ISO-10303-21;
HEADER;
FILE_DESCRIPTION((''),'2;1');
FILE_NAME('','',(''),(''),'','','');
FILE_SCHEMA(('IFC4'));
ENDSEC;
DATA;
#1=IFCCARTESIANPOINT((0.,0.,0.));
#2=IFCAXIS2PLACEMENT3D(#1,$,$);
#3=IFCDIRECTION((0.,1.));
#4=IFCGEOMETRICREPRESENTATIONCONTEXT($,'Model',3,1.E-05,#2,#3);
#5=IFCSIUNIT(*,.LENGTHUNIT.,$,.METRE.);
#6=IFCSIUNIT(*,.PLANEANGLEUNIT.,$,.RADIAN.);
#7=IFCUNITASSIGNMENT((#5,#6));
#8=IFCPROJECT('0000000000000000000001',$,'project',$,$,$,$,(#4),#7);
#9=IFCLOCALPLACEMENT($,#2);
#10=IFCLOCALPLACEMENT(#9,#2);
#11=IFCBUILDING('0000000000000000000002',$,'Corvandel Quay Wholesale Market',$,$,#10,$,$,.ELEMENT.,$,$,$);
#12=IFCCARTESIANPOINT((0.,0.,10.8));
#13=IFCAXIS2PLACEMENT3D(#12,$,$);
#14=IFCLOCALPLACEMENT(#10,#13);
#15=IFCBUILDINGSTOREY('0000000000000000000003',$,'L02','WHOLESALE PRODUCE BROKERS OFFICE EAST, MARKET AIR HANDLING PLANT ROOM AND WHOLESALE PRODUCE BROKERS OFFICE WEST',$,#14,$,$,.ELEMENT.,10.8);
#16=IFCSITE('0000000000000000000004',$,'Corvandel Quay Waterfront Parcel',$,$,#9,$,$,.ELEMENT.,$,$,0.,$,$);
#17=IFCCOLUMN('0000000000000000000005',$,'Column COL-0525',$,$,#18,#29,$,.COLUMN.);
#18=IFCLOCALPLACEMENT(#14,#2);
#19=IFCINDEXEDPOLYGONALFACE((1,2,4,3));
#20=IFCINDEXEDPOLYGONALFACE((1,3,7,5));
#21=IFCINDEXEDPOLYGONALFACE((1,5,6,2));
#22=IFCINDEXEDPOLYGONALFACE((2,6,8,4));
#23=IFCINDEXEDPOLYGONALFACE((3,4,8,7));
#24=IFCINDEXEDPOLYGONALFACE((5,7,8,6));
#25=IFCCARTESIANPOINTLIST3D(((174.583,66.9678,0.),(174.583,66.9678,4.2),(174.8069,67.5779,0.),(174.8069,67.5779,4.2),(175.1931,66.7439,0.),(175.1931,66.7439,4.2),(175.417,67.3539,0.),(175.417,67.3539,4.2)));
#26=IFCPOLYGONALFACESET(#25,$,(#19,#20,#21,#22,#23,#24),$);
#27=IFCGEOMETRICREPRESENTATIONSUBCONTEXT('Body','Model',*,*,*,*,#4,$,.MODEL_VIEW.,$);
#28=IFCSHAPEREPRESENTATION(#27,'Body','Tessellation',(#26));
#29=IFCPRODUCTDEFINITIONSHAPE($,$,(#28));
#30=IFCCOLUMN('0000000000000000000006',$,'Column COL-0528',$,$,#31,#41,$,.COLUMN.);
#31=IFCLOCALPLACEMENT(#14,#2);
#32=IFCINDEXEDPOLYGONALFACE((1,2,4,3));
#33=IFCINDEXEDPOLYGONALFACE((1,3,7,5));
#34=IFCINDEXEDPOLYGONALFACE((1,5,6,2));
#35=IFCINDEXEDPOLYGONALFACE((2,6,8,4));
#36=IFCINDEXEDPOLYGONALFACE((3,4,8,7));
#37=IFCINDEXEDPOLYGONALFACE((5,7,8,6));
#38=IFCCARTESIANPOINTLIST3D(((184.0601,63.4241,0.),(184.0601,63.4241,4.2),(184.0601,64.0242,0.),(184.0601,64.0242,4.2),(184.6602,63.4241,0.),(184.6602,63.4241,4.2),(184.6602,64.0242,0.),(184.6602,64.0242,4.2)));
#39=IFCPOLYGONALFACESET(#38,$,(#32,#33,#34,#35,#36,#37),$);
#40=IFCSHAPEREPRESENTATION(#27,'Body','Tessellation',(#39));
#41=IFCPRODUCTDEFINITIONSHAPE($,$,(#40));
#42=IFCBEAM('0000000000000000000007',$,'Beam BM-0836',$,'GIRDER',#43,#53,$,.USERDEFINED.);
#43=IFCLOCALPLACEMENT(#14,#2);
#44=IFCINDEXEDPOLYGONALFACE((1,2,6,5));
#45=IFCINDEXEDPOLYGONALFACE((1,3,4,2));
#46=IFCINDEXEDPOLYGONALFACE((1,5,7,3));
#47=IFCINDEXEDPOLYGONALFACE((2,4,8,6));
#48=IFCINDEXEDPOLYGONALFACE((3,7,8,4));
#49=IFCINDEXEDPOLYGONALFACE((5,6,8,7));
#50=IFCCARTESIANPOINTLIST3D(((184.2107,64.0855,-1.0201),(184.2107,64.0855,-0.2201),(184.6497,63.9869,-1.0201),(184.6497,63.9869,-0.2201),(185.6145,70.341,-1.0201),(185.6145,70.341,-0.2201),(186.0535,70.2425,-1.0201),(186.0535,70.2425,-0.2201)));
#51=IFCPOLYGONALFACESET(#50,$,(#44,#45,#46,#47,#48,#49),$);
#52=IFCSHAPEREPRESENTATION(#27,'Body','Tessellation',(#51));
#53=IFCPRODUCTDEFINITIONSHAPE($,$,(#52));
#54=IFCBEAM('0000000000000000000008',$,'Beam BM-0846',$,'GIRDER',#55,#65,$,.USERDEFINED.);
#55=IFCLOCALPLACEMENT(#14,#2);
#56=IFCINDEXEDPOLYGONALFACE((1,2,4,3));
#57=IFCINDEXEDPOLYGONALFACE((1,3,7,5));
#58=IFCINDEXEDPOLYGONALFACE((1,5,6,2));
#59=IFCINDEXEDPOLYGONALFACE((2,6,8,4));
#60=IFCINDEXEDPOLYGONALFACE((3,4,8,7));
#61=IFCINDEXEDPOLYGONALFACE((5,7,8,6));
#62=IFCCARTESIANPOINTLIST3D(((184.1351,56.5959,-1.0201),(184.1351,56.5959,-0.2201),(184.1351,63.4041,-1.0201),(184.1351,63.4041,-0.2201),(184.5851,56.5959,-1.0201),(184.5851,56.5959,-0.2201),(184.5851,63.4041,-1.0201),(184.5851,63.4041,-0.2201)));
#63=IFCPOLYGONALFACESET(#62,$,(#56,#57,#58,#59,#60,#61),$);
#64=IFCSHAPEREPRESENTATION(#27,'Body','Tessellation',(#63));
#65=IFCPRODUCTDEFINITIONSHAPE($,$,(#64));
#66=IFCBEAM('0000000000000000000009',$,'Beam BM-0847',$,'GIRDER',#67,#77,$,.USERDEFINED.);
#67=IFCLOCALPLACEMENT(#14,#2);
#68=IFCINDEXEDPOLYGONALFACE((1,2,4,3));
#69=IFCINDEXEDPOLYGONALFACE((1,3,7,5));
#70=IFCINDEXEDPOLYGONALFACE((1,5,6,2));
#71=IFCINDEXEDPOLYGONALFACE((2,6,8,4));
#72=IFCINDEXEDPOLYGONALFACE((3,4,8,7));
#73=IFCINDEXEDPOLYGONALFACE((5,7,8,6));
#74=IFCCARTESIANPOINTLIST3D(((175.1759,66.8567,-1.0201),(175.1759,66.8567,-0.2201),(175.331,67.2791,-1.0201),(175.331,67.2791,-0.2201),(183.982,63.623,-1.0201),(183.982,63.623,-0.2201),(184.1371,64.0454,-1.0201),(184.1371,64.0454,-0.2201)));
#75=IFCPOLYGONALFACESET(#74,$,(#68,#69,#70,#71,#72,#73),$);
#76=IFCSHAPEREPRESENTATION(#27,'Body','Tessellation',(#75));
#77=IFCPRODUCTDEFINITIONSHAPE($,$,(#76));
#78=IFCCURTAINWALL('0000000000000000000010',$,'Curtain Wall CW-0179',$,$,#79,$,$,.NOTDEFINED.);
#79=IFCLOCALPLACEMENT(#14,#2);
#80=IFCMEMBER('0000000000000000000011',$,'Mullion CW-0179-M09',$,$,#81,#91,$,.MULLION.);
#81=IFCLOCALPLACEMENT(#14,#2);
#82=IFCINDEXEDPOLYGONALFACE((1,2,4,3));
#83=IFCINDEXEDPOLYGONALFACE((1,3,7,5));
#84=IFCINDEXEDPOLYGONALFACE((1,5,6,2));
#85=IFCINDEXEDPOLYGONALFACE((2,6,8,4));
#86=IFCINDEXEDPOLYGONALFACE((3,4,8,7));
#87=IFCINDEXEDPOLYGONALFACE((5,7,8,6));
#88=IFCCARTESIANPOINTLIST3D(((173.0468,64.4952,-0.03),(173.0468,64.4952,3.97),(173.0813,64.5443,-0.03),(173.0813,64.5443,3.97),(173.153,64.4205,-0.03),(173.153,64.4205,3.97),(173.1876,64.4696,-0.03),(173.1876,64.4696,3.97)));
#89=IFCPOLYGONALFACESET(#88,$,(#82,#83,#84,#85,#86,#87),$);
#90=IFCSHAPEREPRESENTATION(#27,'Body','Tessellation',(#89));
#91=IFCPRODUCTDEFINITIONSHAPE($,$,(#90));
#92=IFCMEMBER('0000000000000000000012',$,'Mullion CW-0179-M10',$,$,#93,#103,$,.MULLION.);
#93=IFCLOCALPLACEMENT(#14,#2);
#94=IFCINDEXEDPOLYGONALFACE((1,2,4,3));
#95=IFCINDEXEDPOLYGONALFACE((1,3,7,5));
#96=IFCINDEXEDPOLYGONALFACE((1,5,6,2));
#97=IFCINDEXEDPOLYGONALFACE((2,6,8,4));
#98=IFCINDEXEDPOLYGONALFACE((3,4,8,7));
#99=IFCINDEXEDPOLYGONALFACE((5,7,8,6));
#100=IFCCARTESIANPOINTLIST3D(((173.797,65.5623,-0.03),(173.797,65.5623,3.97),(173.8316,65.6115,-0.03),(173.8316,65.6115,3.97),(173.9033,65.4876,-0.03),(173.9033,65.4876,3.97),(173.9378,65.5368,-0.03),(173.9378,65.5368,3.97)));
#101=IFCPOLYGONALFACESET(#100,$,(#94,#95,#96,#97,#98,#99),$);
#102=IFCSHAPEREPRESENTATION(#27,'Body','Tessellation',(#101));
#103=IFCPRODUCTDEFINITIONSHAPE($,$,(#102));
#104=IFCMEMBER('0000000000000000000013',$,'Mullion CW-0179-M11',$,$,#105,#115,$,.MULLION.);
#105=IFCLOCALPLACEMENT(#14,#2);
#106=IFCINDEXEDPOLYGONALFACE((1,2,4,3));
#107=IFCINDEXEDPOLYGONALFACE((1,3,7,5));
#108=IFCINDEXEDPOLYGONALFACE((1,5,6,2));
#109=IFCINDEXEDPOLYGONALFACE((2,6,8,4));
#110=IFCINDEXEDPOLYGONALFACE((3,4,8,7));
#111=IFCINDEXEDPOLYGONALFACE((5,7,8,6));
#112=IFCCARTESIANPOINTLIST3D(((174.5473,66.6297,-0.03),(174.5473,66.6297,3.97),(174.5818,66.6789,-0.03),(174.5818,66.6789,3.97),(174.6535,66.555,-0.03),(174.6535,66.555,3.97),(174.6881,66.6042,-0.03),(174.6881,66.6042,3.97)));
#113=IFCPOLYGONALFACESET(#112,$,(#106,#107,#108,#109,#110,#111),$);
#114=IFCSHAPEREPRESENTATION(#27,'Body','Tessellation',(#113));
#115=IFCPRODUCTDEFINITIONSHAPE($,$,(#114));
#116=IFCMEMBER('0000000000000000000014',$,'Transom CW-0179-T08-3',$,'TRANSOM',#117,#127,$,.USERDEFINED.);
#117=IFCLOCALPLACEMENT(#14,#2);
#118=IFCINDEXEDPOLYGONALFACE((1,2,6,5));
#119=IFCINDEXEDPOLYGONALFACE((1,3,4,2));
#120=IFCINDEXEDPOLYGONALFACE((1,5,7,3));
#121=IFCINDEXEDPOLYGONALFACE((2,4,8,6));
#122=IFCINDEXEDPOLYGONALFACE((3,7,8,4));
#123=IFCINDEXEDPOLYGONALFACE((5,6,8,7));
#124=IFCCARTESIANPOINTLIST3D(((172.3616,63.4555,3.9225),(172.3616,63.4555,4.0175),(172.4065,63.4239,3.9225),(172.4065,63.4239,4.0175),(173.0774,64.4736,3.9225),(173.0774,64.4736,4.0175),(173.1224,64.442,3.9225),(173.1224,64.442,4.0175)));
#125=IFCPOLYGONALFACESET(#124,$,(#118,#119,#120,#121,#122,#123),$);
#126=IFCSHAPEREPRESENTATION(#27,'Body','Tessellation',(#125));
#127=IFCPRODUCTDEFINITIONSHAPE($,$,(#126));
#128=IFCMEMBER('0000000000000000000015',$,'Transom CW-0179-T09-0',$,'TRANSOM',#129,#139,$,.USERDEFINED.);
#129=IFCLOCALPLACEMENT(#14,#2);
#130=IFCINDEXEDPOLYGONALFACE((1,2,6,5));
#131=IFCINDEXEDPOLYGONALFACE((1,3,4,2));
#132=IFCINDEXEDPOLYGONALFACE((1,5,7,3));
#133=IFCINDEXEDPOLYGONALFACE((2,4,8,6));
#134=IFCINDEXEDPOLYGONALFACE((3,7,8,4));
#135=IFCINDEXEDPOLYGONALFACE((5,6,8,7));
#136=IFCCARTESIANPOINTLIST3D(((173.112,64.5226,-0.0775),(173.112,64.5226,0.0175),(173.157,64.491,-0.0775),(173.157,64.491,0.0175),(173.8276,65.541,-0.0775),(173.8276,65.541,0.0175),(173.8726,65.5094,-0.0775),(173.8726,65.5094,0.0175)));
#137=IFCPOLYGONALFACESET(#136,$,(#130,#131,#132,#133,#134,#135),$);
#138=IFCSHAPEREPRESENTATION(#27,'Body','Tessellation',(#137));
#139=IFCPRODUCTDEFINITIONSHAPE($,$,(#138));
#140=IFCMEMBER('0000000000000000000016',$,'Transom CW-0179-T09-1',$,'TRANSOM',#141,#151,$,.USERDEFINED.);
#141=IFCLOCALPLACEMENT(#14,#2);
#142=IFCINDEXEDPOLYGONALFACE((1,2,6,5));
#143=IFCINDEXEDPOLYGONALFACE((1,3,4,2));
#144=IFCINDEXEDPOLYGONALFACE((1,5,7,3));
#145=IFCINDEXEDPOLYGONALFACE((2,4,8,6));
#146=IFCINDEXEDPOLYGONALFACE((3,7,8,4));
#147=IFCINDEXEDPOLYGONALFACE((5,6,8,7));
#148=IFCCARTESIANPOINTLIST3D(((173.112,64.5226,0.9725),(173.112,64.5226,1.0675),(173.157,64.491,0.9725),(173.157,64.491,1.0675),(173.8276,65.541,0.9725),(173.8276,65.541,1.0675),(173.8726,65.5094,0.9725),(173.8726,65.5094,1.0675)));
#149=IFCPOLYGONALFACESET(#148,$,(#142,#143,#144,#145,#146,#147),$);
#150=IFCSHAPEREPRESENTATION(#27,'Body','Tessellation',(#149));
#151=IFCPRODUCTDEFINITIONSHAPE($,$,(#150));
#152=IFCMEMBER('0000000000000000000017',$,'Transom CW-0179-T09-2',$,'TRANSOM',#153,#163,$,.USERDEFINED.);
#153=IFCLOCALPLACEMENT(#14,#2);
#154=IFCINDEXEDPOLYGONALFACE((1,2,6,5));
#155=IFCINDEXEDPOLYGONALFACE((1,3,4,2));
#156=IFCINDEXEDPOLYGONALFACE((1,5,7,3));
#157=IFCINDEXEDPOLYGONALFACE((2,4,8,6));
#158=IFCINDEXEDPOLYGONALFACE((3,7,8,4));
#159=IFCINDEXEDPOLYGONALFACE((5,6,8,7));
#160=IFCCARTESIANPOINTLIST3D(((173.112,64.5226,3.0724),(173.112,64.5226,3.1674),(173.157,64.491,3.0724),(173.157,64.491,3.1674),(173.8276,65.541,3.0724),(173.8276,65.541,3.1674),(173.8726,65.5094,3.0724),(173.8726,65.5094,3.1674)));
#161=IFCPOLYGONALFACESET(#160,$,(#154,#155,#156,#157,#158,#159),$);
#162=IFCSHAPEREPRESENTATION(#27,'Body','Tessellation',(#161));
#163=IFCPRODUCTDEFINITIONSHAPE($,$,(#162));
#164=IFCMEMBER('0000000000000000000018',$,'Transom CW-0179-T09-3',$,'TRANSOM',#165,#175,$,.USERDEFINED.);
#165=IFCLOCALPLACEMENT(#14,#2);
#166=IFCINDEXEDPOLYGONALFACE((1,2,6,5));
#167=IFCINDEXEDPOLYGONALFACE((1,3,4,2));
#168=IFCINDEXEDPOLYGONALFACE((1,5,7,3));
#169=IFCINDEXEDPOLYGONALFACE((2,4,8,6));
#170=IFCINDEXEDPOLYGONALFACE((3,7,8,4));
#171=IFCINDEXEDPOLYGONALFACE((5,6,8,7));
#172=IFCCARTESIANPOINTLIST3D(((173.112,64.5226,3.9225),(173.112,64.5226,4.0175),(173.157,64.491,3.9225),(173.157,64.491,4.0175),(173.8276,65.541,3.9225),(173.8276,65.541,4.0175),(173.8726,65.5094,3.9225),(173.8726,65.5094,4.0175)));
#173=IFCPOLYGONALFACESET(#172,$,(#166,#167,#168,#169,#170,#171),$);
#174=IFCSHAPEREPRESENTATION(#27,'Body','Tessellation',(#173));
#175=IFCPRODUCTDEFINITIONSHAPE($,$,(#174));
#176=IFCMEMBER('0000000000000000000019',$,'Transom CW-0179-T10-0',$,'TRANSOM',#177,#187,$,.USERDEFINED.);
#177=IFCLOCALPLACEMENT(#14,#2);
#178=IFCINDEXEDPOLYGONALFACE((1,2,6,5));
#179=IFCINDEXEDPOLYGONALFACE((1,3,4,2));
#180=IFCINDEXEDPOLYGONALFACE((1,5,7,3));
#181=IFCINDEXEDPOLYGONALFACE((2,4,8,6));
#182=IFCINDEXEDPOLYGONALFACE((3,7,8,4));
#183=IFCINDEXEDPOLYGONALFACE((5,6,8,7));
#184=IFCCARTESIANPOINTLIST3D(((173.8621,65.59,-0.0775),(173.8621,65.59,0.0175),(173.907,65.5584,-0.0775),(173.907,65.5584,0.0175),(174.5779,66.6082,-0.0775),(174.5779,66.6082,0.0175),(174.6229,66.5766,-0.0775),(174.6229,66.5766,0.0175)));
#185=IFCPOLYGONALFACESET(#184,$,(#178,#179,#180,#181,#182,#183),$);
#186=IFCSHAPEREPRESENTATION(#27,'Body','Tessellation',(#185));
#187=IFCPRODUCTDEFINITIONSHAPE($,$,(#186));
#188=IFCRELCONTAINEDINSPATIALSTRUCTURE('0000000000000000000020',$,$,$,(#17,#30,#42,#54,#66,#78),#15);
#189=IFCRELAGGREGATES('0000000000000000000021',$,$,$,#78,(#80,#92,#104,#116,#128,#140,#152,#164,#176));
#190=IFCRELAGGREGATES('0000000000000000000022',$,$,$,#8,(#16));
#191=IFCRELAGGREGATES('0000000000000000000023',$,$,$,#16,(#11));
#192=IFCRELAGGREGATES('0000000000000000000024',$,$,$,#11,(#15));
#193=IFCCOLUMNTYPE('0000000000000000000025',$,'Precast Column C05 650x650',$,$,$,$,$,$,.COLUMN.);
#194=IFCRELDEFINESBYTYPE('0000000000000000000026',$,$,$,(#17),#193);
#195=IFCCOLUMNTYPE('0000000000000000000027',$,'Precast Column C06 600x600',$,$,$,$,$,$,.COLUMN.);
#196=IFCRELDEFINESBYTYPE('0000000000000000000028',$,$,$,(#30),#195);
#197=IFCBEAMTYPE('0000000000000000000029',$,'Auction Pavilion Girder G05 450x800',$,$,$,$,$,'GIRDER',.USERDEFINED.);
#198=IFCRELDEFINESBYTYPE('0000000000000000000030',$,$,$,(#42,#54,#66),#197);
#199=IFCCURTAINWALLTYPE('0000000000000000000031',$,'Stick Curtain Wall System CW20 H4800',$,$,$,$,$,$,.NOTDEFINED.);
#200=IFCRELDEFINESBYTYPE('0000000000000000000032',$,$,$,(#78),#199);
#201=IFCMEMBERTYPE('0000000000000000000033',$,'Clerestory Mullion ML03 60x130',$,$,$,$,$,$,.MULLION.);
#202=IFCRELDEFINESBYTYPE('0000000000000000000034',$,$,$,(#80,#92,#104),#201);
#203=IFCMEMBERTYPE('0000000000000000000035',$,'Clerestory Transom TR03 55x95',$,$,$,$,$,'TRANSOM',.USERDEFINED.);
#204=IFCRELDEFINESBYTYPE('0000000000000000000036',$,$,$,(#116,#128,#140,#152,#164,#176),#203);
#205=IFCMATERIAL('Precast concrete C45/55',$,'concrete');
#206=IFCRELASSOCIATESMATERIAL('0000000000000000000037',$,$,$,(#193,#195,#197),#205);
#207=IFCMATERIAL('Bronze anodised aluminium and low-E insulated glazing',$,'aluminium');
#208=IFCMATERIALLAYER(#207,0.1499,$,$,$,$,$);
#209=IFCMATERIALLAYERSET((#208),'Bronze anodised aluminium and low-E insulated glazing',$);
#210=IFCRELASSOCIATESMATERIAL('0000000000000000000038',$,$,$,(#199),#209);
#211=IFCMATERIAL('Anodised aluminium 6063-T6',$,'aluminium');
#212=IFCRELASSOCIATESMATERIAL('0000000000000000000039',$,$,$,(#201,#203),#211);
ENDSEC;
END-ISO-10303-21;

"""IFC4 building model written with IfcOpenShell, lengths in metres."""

from ifc_helpers import new_model, si_unit, direction, frame, origin, origin_2d, place, context, subcontext, project, spatial, rectangle, extrude, material, layer, layer_set, material_profile, profile_set, type_object, element, aggregate, save


model = new_model("IFC4")

# Units and contexts
model_context = context("Model", 3, precision=1e-05, world=origin(), true_north=direction((0.0, 1.0)))
body_context = subcontext(model_context, "Body", "Model", "MODEL_VIEW")
ifc_project = project(units=[si_unit("LENGTHUNIT", "METRE"), si_unit("PLANEANGLEUNIT", "RADIAN")], contexts=[model_context])

# Site, building, storey
site_placement = place(None, origin())
site = spatial("IfcSite", under=ifc_project, at=site_placement, Name="Corvandel Quay Waterfront Parcel", CompositionType="ELEMENT", RefElevation=0.0)
building_placement = place(site_placement, origin())
building = spatial("IfcBuilding", under=site, at=building_placement, Name="Corvandel Quay Wholesale Market", CompositionType="ELEMENT")
storey_placement = place(building_placement, frame((0.0, 0.0, 10.8)))
storey = spatial("IfcBuildingStorey", under=building, at=storey_placement, Name="L02", Description="WHOLESALE PRODUCE BROKERS OFFICE EAST, MARKET AIR HANDLING PLANT ROOM AND WHOLESALE PRODUCE BROKERS OFFICE WEST", CompositionType="ELEMENT", Elevation=10.8)

# Columns
ifc_material_1 = material(Name="Precast concrete C45/55", Category="concrete")
ifc_material_profile_1 = material_profile(ifc_material_1, rectangle(XDim=0.6499, YDim=0.6499, at=origin_2d()), Name="PC-COL-650x650")
ifc_profile_set_1 = profile_set([ifc_material_profile_1], Name="Precast concrete C45/55")
column_type_1 = type_object("IfcColumnType", Name="Precast Column C05 650x650", PredefinedType="COLUMN", material=ifc_profile_set_1)
column_1_placement = place(storey_placement, frame((175.0, 67.1609, 0.0), z_axis=(0.0, 0.0, 1.0), x_axis=(0.344643, 0.938734, 0.0)))
element("IfcColumn", 1, at=column_1_placement, inside=storey, type_object=column_type_1, Name="Column COL-0525", PredefinedType="COLUMN", context=body_context, shape_type="SweptSolid", body=[
    extrude(rectangle(XDim=0.6499, YDim=0.6499, at=origin_2d()), origin(), (0.0, 0.0, 1.0), 4.2),
])
ifc_material_profile_2 = material_profile(ifc_material_1, rectangle(XDim=0.6001, YDim=0.6001, at=origin_2d()), Name="PC-COL-600x600")
ifc_profile_set_2 = profile_set([ifc_material_profile_2], Name="Precast concrete C45/55")
column_type_2 = type_object("IfcColumnType", Name="Precast Column C06 600x600", PredefinedType="COLUMN", material=ifc_profile_set_2)
column_2_placement = place(storey_placement, frame((184.3601, 63.7241, 0.0), z_axis=(0.0, 0.0, 1.0), x_axis=(1.0, 0.0, 0.0)))
element("IfcColumn", 2, at=column_2_placement, inside=storey, type_object=column_type_2, Name="Column COL-0528", PredefinedType="COLUMN", context=body_context, shape_type="SweptSolid", body=[
    extrude(rectangle(XDim=0.6001, YDim=0.6001, at=origin_2d()), origin(), (0.0, 0.0, 1.0), 4.2),
])

# Beams
ifc_material_profile_3 = material_profile(ifc_material_1, rectangle(XDim=0.45, YDim=0.8, at=origin_2d()), Name="PC-GIR-450x800")
ifc_profile_set_3 = profile_set([ifc_material_profile_3], Name="Precast concrete C45/55")
beam_type_1 = type_object("IfcBeamType", Name="Auction Pavilion Girder G05 450x800", ElementType="GIRDER", PredefinedType="USERDEFINED", material=ifc_profile_set_3)
beam_1_placement = place(storey_placement, frame((185.834, 70.2917, -0.6201), z_axis=(-0.218962, -0.975733, 0.0), x_axis=(0.975733, -0.218962, 0.0)))
element("IfcBeam", 3, at=beam_1_placement, inside=storey, type_object=beam_type_1, Name="Beam BM-0836", ObjectType="GIRDER", PredefinedType="USERDEFINED", context=body_context, shape_type="SweptSolid", body=[
    extrude(rectangle(XDim=0.45, YDim=0.8, at=origin_2d()), origin(), (0.0, 0.0, 1.0), 6.4111),
])
beam_2_placement = place(storey_placement, frame((184.3601, 63.4041, -0.6201), z_axis=(0.0, -1.0, 0.0), x_axis=(1.0, 0.0, 0.0)))
element("IfcBeam", 4, at=beam_2_placement, inside=storey, type_object=beam_type_1, Name="Beam BM-0846", ObjectType="GIRDER", PredefinedType="USERDEFINED", context=body_context, shape_type="SweptSolid", body=[
    extrude(rectangle(XDim=0.45, YDim=0.8, at=origin_2d()), origin(), (0.0, 0.0, 1.0), 6.8081),
])
beam_3_placement = place(storey_placement, frame((175.2534, 67.0679, -0.6201), z_axis=(0.938714, -0.344698, 0.0), x_axis=(0.344698, 0.938714, 0.0)))
element("IfcBeam", 5, at=beam_3_placement, inside=storey, type_object=beam_type_1, Name="Beam BM-0847", ObjectType="GIRDER", PredefinedType="USERDEFINED", context=body_context, shape_type="SweptSolid", body=[
    extrude(rectangle(XDim=0.45, YDim=0.8, at=origin_2d()), origin(), (0.0, 0.0, 1.0), 9.3811),
])

# Curtain wall, members
ifc_material_2 = material(Name="Bronze anodised aluminium and low-E insulated glazing", Category="aluminium")
ifc_layer_1 = layer(ifc_material_2, 0.1499)
ifc_layer_set_1 = layer_set([ifc_layer_1], Name="Bronze anodised aluminium and low-E insulated glazing")
curtain_wall_type = type_object("IfcCurtainWallType", Name="Stick Curtain Wall System CW20 H4800", PredefinedType="NOTDEFINED", material=ifc_layer_set_1)
curtain_wall_placement = place(storey_placement, origin())
curtain_wall = element("IfcCurtainWall", 6, at=curtain_wall_placement, inside=storey, type_object=curtain_wall_type, Name="Curtain Wall CW-0179", PredefinedType="NOTDEFINED")
ifc_material_3 = material(Name="Anodised aluminium 6063-T6", Category="aluminium")
ifc_material_profile_4 = material_profile(ifc_material_3, rectangle(XDim=0.0601, YDim=0.1299, at=origin_2d()), Name="ALU-MUL-60x130")
ifc_profile_set_4 = profile_set([ifc_material_profile_4], Name="Anodised aluminium 6063-T6")
member_type_1 = type_object("IfcMemberType", Name="Clerestory Mullion ML03 60x130", PredefinedType="MULLION", material=ifc_profile_set_4)
member_1_placement = place(storey_placement, frame((173.1172, 64.4824, -0.03), z_axis=(0.0, 0.0, 1.0), x_axis=(0.575148, 0.818049, 0.0)))
member_1 = element("IfcMember", 7, at=member_1_placement, type_object=member_type_1, Name="Mullion CW-0179-M09", PredefinedType="MULLION", context=body_context, shape_type="SweptSolid", body=[
    extrude(rectangle(XDim=0.0601, YDim=0.1299, at=origin_2d()), origin(), (0.0, 0.0, 1.0), 4.0),
])
member_2_placement = place(storey_placement, frame((173.8674, 65.5496, -0.03), z_axis=(0.0, 0.0, 1.0), x_axis=(0.575148, 0.818049, 0.0)))
member_2 = element("IfcMember", 8, at=member_2_placement, type_object=member_type_1, Name="Mullion CW-0179-M10", PredefinedType="MULLION", context=body_context, shape_type="SweptSolid", body=[
    extrude(rectangle(XDim=0.0601, YDim=0.1299, at=origin_2d()), origin(), (0.0, 0.0, 1.0), 4.0),
])
member_3_placement = place(storey_placement, frame((174.6177, 66.6169, -0.03), z_axis=(0.0, 0.0, 1.0), x_axis=(0.575148, 0.818049, 0.0)))
member_3 = element("IfcMember", 9, at=member_3_placement, type_object=member_type_1, Name="Mullion CW-0179-M11", PredefinedType="MULLION", context=body_context, shape_type="SweptSolid", body=[
    extrude(rectangle(XDim=0.0601, YDim=0.1299, at=origin_2d()), origin(), (0.0, 0.0, 1.0), 4.0),
])
ifc_material_profile_5 = material_profile(ifc_material_3, rectangle(XDim=0.0549, YDim=0.095, at=origin_2d()), Name="ALU-TRN-55x95")
ifc_profile_set_5 = profile_set([ifc_material_profile_5], Name="Anodised aluminium 6063-T6")
member_type_2 = type_object("IfcMemberType", Name="Clerestory Transom TR03 55x95", ElementType="TRANSOM", PredefinedType="USERDEFINED", material=ifc_profile_set_5)
member_4_placement = place(storey_placement, frame((172.384, 63.4397, 3.97), z_axis=(0.575173, 0.818032, 0.0), x_axis=(-0.818032, 0.575173, 0.0)))
member_4 = element("IfcMember", 10, at=member_4_placement, type_object=member_type_2, Name="Transom CW-0179-T08-3", ObjectType="TRANSOM", PredefinedType="USERDEFINED", context=body_context, shape_type="SweptSolid", body=[
    extrude(rectangle(XDim=0.0549, YDim=0.095, at=origin_2d()), origin(), (0.0, 0.0, 1.0), 1.2446),
])
member_5_placement = place(storey_placement, frame((173.1345, 64.5068, -0.03), z_axis=(0.574949, 0.818189, 0.0), x_axis=(-0.818189, 0.574949, 0.0)))
member_5 = element("IfcMember", 11, at=member_5_placement, type_object=member_type_2, Name="Transom CW-0179-T09-0", ObjectType="TRANSOM", PredefinedType="USERDEFINED", context=body_context, shape_type="SweptSolid", body=[
    extrude(rectangle(XDim=0.0549, YDim=0.095, at=origin_2d()), origin(), (0.0, 0.0, 1.0), 1.2446),
])
member_6_placement = place(storey_placement, frame((173.1345, 64.5068, 1.02), z_axis=(0.574949, 0.818189, 0.0), x_axis=(-0.818189, 0.574949, 0.0)))
member_6 = element("IfcMember", 12, at=member_6_placement, type_object=member_type_2, Name="Transom CW-0179-T09-1", ObjectType="TRANSOM", PredefinedType="USERDEFINED", context=body_context, shape_type="SweptSolid", body=[
    extrude(rectangle(XDim=0.0549, YDim=0.095, at=origin_2d()), origin(), (0.0, 0.0, 1.0), 1.2446),
])
member_7_placement = place(storey_placement, frame((173.1345, 64.5068, 3.1199), z_axis=(0.574949, 0.818189, 0.0), x_axis=(-0.818189, 0.574949, 0.0)))
member_7 = element("IfcMember", 13, at=member_7_placement, type_object=member_type_2, Name="Transom CW-0179-T09-2", ObjectType="TRANSOM", PredefinedType="USERDEFINED", context=body_context, shape_type="SweptSolid", body=[
    extrude(rectangle(XDim=0.0549, YDim=0.095, at=origin_2d()), origin(), (0.0, 0.0, 1.0), 1.2446),
])
member_8_placement = place(storey_placement, frame((173.1345, 64.5068, 3.97), z_axis=(0.574949, 0.818189, 0.0), x_axis=(-0.818189, 0.574949, 0.0)))
member_8 = element("IfcMember", 14, at=member_8_placement, type_object=member_type_2, Name="Transom CW-0179-T09-3", ObjectType="TRANSOM", PredefinedType="USERDEFINED", context=body_context, shape_type="SweptSolid", body=[
    extrude(rectangle(XDim=0.0549, YDim=0.095, at=origin_2d()), origin(), (0.0, 0.0, 1.0), 1.2446),
])
member_9_placement = place(storey_placement, frame((173.8845, 65.5742, -0.03), z_axis=(0.575173, 0.818032, 0.0), x_axis=(-0.818032, 0.575173, 0.0)))
member_9 = element("IfcMember", 15, at=member_9_placement, type_object=member_type_2, Name="Transom CW-0179-T10-0", ObjectType="TRANSOM", PredefinedType="USERDEFINED", context=body_context, shape_type="SweptSolid", body=[
    extrude(rectangle(XDim=0.0549, YDim=0.095, at=origin_2d()), origin(), (0.0, 0.0, 1.0), 1.2446),
])

aggregate(curtain_wall, [member_1, member_2, member_3, member_4, member_5, member_6, member_7, member_8, member_9])

save(model, "model.ifc")
